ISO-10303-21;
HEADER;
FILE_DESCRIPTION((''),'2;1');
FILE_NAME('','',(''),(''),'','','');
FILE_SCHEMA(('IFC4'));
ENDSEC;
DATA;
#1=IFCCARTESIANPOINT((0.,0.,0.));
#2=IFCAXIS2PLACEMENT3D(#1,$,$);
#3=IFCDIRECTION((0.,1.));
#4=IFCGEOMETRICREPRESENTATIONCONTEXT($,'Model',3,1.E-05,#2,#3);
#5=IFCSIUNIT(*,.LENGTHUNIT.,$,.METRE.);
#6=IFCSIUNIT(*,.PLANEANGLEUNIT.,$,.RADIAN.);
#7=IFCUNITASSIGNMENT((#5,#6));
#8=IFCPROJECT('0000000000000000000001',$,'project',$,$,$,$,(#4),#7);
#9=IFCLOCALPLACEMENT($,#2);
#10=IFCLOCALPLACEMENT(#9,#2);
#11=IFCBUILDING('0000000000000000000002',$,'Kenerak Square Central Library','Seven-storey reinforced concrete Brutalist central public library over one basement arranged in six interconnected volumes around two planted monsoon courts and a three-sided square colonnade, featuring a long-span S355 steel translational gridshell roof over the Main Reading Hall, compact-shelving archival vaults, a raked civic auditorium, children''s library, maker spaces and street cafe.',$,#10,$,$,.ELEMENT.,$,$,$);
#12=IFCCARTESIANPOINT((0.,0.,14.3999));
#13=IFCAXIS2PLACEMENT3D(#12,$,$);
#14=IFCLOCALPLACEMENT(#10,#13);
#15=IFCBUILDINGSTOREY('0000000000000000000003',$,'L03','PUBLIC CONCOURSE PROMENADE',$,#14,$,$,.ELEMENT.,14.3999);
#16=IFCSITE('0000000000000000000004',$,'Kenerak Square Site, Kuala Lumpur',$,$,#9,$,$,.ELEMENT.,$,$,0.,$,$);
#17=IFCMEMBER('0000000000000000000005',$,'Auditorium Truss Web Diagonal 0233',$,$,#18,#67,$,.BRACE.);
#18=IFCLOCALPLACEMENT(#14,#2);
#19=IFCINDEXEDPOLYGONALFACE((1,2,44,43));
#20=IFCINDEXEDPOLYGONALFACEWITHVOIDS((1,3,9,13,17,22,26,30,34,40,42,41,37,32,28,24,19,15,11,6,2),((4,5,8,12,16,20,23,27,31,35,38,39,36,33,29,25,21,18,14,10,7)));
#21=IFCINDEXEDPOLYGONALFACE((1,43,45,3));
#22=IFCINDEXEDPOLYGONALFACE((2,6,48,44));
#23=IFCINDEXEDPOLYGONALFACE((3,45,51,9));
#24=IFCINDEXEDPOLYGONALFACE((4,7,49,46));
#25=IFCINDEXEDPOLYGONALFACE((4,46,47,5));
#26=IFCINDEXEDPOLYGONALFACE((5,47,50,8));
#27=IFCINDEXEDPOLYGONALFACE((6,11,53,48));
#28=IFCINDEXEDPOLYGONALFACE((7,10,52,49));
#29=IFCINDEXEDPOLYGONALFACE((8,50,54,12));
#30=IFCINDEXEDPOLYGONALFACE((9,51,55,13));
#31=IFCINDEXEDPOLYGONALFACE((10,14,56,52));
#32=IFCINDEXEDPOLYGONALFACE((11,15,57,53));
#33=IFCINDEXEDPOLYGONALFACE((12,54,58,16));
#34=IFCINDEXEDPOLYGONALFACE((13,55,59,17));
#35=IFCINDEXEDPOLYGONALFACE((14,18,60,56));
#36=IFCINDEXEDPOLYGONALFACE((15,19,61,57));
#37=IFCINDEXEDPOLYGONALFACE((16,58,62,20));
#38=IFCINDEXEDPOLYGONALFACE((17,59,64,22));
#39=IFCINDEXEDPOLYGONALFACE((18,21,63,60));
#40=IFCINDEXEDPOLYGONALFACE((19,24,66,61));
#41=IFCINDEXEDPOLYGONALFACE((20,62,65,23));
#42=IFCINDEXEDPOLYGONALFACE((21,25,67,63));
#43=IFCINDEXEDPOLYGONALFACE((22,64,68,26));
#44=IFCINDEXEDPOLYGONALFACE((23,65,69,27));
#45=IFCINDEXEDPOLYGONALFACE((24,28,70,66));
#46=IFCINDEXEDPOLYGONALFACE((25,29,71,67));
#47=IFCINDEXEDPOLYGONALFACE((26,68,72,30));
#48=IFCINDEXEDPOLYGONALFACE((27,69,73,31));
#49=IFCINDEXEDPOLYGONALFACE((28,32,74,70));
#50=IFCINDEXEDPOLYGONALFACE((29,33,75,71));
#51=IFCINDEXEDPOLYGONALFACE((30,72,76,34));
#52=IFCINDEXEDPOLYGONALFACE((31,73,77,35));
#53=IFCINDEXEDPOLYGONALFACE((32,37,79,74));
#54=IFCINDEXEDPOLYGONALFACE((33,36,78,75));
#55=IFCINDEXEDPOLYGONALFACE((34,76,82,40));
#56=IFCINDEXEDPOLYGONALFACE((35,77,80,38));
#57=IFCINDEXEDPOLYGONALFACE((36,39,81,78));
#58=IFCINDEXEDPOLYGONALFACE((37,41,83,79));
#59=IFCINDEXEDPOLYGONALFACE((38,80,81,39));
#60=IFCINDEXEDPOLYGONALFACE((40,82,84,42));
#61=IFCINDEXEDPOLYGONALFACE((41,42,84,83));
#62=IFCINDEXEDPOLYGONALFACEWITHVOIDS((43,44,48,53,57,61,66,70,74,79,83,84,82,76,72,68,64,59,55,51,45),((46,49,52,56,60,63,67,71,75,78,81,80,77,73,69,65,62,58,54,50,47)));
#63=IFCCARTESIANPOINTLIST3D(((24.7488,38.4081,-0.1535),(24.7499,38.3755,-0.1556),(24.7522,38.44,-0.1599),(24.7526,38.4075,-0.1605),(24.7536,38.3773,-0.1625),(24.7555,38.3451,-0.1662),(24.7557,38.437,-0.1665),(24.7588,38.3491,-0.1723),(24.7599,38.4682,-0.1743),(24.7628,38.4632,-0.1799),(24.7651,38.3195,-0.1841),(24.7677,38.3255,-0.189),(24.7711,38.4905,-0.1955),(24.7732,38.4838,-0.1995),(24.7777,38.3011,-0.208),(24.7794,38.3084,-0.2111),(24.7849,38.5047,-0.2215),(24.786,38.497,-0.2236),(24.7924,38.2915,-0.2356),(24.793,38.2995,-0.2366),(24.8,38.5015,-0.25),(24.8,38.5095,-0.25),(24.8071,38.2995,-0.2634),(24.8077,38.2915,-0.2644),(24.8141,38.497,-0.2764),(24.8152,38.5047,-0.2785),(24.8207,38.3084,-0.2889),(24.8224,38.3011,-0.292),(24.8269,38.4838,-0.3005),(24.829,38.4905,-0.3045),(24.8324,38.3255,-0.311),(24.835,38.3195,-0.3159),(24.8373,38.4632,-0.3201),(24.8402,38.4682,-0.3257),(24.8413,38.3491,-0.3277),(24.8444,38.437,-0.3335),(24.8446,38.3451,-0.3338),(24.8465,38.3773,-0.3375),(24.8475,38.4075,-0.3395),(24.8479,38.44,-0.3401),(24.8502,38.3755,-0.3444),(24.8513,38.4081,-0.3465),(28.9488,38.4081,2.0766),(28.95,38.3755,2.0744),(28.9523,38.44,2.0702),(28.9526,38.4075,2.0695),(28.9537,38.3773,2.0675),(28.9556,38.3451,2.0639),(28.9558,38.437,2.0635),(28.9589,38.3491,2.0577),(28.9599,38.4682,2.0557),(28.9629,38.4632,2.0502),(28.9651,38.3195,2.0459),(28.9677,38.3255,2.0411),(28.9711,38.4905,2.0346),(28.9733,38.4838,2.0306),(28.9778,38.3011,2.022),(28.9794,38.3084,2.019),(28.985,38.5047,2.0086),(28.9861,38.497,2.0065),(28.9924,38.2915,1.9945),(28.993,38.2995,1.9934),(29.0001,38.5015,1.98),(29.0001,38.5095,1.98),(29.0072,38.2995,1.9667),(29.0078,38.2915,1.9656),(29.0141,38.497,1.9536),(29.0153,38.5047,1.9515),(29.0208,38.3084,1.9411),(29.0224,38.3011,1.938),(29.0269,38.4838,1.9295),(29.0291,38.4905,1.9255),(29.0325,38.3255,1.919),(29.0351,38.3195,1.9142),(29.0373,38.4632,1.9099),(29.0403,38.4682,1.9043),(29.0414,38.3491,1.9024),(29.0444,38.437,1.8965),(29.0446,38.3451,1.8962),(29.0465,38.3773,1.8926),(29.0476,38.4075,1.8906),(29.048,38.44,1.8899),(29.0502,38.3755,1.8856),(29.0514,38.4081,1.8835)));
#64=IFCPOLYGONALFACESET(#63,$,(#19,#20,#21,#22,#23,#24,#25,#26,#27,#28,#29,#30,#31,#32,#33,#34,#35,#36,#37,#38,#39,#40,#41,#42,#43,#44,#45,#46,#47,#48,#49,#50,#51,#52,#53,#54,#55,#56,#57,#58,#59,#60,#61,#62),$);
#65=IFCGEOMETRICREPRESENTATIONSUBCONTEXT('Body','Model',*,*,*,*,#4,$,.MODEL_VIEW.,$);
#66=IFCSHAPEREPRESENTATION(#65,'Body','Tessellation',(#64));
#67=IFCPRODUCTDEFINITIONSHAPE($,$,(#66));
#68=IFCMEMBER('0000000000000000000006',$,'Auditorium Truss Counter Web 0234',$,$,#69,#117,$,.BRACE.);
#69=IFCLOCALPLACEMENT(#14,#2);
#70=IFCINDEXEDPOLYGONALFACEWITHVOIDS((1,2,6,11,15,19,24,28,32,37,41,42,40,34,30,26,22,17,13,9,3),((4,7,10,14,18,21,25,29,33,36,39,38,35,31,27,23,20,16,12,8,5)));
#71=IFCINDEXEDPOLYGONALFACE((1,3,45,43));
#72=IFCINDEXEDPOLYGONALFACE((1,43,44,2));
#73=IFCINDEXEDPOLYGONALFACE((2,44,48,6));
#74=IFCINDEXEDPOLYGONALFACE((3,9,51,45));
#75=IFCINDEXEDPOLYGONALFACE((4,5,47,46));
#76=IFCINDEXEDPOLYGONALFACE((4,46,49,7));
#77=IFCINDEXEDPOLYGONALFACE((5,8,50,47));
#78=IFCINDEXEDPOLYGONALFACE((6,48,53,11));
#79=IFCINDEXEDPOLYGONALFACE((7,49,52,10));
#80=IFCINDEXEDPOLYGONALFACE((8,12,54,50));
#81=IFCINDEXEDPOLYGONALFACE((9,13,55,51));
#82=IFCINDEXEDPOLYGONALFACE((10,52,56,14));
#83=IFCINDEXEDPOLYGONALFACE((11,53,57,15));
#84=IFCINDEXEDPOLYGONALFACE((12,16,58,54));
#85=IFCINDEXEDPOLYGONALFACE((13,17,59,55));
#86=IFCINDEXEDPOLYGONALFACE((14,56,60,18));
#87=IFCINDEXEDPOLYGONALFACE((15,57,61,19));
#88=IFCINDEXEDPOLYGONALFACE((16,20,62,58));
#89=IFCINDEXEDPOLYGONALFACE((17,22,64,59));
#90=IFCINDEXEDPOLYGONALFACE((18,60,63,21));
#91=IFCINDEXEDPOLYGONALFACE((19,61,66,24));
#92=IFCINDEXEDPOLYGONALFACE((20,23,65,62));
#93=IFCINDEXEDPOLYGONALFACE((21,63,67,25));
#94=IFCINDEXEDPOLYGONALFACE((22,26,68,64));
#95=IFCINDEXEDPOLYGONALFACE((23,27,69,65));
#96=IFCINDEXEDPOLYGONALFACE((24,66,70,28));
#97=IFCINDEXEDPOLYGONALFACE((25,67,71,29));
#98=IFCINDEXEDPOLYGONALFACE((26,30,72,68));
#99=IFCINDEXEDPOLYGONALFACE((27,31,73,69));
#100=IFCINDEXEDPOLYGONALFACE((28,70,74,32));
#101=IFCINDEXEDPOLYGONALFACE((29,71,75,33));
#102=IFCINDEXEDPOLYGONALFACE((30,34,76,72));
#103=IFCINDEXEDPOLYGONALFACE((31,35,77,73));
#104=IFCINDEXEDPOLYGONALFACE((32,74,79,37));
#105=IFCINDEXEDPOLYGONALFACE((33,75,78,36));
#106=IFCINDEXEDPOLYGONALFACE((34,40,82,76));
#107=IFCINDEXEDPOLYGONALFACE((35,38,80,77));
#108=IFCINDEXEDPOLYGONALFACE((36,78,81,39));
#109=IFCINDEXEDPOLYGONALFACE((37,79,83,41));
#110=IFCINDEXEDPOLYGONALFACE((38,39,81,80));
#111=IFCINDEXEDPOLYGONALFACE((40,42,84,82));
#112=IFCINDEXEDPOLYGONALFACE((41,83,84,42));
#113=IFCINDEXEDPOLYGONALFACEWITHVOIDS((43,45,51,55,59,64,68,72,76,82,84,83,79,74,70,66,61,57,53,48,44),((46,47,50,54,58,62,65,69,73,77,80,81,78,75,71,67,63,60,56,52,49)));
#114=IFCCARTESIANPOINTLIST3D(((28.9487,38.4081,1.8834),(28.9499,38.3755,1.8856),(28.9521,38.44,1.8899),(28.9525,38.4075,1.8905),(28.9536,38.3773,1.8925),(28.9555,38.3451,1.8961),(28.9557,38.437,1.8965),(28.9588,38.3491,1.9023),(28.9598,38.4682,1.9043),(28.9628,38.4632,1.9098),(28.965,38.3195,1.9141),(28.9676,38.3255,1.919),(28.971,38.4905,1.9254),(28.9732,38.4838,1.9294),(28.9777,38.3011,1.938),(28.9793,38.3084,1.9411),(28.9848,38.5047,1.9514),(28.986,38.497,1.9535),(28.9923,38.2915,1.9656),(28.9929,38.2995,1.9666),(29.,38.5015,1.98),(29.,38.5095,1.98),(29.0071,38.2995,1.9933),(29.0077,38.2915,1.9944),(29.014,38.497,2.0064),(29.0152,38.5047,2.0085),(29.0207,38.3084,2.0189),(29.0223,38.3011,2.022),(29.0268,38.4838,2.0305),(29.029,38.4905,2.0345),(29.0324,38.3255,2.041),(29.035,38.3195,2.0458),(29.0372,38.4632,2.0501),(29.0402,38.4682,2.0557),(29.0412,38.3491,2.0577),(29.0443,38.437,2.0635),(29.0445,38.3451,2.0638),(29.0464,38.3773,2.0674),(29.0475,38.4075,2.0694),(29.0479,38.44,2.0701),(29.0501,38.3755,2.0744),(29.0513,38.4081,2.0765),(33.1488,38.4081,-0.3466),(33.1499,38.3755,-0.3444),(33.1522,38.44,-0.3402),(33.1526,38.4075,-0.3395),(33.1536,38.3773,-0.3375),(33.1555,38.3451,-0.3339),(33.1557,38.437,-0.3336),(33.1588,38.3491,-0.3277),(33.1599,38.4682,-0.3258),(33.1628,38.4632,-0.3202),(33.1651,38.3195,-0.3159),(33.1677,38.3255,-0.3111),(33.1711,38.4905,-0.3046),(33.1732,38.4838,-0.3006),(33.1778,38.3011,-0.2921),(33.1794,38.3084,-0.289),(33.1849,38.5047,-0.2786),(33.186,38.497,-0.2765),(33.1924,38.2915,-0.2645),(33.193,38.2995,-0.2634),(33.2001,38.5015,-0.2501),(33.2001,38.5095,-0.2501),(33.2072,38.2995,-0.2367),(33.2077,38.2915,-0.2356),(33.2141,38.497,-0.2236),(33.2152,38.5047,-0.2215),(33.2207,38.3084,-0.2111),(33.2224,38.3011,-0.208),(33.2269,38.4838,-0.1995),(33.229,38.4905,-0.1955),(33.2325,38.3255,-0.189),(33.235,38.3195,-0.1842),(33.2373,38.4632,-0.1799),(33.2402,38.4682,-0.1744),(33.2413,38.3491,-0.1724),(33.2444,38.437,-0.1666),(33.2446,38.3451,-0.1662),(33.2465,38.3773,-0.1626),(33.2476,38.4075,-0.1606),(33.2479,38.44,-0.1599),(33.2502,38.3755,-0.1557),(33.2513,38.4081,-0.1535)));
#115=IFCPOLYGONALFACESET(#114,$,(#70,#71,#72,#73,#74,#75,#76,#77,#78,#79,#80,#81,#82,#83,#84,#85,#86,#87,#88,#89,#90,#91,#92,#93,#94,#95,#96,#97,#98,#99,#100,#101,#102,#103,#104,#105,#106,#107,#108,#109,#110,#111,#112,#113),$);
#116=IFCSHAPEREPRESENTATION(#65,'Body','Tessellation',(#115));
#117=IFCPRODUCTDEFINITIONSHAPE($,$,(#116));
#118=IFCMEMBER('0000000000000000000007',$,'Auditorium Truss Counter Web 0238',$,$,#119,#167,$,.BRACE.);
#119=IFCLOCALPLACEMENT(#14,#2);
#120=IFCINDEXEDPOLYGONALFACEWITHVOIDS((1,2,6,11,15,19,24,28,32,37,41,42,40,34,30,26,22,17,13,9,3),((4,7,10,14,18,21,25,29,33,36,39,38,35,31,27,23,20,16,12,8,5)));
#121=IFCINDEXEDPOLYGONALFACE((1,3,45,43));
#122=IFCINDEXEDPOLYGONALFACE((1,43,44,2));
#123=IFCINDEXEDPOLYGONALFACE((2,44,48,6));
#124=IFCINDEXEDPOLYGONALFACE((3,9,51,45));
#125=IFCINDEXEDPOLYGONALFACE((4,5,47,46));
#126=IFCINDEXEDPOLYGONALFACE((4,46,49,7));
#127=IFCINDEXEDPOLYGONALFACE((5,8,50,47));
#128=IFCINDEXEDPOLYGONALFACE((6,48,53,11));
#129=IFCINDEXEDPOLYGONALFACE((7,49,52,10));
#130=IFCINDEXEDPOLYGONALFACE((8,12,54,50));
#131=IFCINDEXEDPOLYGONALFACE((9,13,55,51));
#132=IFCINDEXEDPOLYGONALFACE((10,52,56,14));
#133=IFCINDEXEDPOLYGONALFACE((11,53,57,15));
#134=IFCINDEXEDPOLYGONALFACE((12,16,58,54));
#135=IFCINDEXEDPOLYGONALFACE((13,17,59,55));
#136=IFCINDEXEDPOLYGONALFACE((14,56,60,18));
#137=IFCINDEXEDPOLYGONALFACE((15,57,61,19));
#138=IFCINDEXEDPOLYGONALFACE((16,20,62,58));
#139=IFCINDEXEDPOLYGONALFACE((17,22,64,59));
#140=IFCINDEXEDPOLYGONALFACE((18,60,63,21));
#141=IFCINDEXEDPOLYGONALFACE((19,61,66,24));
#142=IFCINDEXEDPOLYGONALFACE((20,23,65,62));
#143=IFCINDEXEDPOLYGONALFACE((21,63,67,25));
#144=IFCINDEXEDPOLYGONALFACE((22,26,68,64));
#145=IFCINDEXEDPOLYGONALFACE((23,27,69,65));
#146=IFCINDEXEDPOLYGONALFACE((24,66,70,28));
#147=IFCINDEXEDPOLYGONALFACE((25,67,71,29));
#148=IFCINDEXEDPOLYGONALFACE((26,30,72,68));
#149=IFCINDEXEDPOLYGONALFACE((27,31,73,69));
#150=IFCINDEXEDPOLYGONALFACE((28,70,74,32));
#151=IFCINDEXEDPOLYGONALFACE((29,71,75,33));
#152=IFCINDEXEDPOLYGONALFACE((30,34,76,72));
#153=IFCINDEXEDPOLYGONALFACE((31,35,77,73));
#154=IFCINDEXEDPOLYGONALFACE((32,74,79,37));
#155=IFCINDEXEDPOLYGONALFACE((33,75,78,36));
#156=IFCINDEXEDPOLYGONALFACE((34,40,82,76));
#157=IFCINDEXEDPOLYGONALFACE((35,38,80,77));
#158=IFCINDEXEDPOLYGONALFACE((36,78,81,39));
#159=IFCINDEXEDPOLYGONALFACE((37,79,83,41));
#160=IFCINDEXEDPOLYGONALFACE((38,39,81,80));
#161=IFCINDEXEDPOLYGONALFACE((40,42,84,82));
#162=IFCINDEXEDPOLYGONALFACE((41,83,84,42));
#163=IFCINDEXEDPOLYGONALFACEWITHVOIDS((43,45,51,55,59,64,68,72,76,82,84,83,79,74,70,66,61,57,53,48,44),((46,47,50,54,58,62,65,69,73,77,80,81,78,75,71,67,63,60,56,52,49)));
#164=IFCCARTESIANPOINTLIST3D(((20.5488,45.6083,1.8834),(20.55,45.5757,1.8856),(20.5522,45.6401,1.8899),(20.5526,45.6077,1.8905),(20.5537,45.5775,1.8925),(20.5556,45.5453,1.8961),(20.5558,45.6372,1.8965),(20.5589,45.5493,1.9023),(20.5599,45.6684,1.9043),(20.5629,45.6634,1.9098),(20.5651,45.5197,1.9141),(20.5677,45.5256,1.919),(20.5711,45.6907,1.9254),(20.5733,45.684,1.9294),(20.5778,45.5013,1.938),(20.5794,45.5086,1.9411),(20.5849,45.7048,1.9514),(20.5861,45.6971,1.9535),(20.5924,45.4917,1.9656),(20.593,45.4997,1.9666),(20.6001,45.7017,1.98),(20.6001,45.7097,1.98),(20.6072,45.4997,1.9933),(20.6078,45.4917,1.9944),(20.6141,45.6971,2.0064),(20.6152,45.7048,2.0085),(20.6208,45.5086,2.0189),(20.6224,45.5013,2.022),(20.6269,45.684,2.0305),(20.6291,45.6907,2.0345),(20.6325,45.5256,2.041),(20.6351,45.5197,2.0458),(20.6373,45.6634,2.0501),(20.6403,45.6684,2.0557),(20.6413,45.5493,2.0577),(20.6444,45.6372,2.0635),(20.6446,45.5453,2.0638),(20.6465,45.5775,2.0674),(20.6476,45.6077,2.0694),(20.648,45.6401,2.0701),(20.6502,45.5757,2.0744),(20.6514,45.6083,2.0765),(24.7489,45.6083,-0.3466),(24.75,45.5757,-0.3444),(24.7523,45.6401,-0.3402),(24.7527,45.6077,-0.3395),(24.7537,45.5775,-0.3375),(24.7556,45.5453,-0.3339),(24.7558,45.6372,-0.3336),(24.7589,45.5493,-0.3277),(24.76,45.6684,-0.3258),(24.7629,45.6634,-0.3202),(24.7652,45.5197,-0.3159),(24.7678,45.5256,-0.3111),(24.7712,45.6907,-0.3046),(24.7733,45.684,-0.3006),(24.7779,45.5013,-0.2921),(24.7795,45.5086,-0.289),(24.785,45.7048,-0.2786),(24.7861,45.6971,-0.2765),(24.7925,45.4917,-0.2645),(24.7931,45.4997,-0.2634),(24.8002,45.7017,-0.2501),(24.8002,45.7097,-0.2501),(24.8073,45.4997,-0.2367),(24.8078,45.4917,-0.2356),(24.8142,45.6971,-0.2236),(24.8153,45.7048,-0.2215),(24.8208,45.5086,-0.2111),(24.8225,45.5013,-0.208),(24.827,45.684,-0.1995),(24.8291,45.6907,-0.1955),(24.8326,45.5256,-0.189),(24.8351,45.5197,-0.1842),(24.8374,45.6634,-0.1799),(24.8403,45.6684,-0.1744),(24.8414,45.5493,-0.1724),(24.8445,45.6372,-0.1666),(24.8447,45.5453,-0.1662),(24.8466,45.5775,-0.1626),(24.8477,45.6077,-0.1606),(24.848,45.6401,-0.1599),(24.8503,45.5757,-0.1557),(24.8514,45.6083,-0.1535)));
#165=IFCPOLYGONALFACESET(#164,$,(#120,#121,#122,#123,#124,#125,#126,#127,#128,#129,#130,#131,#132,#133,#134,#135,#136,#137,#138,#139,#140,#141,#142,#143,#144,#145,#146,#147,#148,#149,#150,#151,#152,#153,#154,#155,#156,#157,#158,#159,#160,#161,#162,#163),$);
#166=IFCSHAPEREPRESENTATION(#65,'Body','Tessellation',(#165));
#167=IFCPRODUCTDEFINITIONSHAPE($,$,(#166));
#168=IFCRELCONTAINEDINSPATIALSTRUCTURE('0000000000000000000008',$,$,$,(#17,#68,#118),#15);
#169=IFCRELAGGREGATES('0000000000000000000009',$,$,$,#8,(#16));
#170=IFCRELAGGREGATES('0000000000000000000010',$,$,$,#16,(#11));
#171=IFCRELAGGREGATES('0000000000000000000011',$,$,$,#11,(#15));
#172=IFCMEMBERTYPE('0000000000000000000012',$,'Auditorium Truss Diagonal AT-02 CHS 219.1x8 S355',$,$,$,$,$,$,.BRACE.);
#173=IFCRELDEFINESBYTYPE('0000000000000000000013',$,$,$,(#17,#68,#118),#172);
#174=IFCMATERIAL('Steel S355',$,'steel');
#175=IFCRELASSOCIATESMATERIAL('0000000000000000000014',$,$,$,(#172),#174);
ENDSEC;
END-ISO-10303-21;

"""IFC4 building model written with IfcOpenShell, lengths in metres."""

from ifc_helpers import new_model, si_unit, direction, frame, origin, origin_2d, place, context, subcontext, project, spatial, hollow_circle, extrude, material, material_profile, profile_set, type_object, element, save


model = new_model("IFC4")

# Units and contexts
model_context = context("Model", 3, precision=1e-05, world=origin(), true_north=direction((0.0, 1.0)))
body_context = subcontext(model_context, "Body", "Model", "MODEL_VIEW")
ifc_project = project(units=[si_unit("LENGTHUNIT", "METRE"), si_unit("PLANEANGLEUNIT", "RADIAN")], contexts=[model_context])

# Site, building, storey
site_placement = place(None, origin())
site = spatial("IfcSite", under=ifc_project, at=site_placement, Name="Kenerak Square Site, Kuala Lumpur", CompositionType="ELEMENT", RefElevation=0.0)
building_placement = place(site_placement, origin())
building = spatial("IfcBuilding", under=site, at=building_placement, Name="Kenerak Square Central Library", Description="Seven-storey reinforced concrete Brutalist central public library over one basement arranged in six interconnected volumes around two planted monsoon courts and a three-sided square colonnade, featuring a long-span S355 steel translational gridshell roof over the Main Reading Hall, compact-shelving archival vaults, a raked civic auditorium, children's library, maker spaces and street cafe.", CompositionType="ELEMENT")
storey_placement = place(building_placement, frame((0.0, 0.0, 14.3999)))
storey = spatial("IfcBuildingStorey", under=building, at=storey_placement, Name="L03", Description="PUBLIC CONCOURSE PROMENADE", CompositionType="ELEMENT", Elevation=14.3999)

# Members
ifc_material_1 = material(Name="Steel S355", Category="steel")
ifc_material_profile_1 = material_profile(ifc_material_1, hollow_circle(Radius=0.1096, WallThickness=0.0081, at=origin_2d()), Name="CHS 219.1x8.0")
ifc_profile_set_1 = profile_set([ifc_material_profile_1], Name="Steel S355")
member_type_1 = type_object("IfcMemberType", Name="Auditorium Truss Diagonal AT-02 CHS 219.1x8 S355", PredefinedType="BRACE", material=ifc_profile_set_1)
for number, where, z_axis, x_axis, name in (
    (1, (24.8, 38.3999, -0.25), (0.883224, 0.0, 0.468951), (0.0, 1.0, 0.0), "Auditorium Truss Web Diagonal 0233"),
    (2, (29.0, 38.3999, 1.98), (0.883224, 0.0, -0.468951), (0.0, 1.0, 0.0), "Auditorium Truss Counter Web 0234"),
    (3, (20.6001, 45.6001, 1.98), (0.883224, 0.0, -0.468951), (0.0, 1.0, 0.0), "Auditorium Truss Counter Web 0238"),
):
    element("IfcMember", number, at=place(storey_placement, frame(where, z_axis=z_axis, x_axis=x_axis)), inside=storey, type_object=member_type_1, Name=name, PredefinedType="BRACE", context=body_context, shape_type="SweptSolid", body=[
        extrude(hollow_circle(Radius=0.1096, WallThickness=0.0081, at=origin_2d()), origin(), (0.0, 0.0, 1.0), 4.7554),
    ])

save(model, "model.ifc")
